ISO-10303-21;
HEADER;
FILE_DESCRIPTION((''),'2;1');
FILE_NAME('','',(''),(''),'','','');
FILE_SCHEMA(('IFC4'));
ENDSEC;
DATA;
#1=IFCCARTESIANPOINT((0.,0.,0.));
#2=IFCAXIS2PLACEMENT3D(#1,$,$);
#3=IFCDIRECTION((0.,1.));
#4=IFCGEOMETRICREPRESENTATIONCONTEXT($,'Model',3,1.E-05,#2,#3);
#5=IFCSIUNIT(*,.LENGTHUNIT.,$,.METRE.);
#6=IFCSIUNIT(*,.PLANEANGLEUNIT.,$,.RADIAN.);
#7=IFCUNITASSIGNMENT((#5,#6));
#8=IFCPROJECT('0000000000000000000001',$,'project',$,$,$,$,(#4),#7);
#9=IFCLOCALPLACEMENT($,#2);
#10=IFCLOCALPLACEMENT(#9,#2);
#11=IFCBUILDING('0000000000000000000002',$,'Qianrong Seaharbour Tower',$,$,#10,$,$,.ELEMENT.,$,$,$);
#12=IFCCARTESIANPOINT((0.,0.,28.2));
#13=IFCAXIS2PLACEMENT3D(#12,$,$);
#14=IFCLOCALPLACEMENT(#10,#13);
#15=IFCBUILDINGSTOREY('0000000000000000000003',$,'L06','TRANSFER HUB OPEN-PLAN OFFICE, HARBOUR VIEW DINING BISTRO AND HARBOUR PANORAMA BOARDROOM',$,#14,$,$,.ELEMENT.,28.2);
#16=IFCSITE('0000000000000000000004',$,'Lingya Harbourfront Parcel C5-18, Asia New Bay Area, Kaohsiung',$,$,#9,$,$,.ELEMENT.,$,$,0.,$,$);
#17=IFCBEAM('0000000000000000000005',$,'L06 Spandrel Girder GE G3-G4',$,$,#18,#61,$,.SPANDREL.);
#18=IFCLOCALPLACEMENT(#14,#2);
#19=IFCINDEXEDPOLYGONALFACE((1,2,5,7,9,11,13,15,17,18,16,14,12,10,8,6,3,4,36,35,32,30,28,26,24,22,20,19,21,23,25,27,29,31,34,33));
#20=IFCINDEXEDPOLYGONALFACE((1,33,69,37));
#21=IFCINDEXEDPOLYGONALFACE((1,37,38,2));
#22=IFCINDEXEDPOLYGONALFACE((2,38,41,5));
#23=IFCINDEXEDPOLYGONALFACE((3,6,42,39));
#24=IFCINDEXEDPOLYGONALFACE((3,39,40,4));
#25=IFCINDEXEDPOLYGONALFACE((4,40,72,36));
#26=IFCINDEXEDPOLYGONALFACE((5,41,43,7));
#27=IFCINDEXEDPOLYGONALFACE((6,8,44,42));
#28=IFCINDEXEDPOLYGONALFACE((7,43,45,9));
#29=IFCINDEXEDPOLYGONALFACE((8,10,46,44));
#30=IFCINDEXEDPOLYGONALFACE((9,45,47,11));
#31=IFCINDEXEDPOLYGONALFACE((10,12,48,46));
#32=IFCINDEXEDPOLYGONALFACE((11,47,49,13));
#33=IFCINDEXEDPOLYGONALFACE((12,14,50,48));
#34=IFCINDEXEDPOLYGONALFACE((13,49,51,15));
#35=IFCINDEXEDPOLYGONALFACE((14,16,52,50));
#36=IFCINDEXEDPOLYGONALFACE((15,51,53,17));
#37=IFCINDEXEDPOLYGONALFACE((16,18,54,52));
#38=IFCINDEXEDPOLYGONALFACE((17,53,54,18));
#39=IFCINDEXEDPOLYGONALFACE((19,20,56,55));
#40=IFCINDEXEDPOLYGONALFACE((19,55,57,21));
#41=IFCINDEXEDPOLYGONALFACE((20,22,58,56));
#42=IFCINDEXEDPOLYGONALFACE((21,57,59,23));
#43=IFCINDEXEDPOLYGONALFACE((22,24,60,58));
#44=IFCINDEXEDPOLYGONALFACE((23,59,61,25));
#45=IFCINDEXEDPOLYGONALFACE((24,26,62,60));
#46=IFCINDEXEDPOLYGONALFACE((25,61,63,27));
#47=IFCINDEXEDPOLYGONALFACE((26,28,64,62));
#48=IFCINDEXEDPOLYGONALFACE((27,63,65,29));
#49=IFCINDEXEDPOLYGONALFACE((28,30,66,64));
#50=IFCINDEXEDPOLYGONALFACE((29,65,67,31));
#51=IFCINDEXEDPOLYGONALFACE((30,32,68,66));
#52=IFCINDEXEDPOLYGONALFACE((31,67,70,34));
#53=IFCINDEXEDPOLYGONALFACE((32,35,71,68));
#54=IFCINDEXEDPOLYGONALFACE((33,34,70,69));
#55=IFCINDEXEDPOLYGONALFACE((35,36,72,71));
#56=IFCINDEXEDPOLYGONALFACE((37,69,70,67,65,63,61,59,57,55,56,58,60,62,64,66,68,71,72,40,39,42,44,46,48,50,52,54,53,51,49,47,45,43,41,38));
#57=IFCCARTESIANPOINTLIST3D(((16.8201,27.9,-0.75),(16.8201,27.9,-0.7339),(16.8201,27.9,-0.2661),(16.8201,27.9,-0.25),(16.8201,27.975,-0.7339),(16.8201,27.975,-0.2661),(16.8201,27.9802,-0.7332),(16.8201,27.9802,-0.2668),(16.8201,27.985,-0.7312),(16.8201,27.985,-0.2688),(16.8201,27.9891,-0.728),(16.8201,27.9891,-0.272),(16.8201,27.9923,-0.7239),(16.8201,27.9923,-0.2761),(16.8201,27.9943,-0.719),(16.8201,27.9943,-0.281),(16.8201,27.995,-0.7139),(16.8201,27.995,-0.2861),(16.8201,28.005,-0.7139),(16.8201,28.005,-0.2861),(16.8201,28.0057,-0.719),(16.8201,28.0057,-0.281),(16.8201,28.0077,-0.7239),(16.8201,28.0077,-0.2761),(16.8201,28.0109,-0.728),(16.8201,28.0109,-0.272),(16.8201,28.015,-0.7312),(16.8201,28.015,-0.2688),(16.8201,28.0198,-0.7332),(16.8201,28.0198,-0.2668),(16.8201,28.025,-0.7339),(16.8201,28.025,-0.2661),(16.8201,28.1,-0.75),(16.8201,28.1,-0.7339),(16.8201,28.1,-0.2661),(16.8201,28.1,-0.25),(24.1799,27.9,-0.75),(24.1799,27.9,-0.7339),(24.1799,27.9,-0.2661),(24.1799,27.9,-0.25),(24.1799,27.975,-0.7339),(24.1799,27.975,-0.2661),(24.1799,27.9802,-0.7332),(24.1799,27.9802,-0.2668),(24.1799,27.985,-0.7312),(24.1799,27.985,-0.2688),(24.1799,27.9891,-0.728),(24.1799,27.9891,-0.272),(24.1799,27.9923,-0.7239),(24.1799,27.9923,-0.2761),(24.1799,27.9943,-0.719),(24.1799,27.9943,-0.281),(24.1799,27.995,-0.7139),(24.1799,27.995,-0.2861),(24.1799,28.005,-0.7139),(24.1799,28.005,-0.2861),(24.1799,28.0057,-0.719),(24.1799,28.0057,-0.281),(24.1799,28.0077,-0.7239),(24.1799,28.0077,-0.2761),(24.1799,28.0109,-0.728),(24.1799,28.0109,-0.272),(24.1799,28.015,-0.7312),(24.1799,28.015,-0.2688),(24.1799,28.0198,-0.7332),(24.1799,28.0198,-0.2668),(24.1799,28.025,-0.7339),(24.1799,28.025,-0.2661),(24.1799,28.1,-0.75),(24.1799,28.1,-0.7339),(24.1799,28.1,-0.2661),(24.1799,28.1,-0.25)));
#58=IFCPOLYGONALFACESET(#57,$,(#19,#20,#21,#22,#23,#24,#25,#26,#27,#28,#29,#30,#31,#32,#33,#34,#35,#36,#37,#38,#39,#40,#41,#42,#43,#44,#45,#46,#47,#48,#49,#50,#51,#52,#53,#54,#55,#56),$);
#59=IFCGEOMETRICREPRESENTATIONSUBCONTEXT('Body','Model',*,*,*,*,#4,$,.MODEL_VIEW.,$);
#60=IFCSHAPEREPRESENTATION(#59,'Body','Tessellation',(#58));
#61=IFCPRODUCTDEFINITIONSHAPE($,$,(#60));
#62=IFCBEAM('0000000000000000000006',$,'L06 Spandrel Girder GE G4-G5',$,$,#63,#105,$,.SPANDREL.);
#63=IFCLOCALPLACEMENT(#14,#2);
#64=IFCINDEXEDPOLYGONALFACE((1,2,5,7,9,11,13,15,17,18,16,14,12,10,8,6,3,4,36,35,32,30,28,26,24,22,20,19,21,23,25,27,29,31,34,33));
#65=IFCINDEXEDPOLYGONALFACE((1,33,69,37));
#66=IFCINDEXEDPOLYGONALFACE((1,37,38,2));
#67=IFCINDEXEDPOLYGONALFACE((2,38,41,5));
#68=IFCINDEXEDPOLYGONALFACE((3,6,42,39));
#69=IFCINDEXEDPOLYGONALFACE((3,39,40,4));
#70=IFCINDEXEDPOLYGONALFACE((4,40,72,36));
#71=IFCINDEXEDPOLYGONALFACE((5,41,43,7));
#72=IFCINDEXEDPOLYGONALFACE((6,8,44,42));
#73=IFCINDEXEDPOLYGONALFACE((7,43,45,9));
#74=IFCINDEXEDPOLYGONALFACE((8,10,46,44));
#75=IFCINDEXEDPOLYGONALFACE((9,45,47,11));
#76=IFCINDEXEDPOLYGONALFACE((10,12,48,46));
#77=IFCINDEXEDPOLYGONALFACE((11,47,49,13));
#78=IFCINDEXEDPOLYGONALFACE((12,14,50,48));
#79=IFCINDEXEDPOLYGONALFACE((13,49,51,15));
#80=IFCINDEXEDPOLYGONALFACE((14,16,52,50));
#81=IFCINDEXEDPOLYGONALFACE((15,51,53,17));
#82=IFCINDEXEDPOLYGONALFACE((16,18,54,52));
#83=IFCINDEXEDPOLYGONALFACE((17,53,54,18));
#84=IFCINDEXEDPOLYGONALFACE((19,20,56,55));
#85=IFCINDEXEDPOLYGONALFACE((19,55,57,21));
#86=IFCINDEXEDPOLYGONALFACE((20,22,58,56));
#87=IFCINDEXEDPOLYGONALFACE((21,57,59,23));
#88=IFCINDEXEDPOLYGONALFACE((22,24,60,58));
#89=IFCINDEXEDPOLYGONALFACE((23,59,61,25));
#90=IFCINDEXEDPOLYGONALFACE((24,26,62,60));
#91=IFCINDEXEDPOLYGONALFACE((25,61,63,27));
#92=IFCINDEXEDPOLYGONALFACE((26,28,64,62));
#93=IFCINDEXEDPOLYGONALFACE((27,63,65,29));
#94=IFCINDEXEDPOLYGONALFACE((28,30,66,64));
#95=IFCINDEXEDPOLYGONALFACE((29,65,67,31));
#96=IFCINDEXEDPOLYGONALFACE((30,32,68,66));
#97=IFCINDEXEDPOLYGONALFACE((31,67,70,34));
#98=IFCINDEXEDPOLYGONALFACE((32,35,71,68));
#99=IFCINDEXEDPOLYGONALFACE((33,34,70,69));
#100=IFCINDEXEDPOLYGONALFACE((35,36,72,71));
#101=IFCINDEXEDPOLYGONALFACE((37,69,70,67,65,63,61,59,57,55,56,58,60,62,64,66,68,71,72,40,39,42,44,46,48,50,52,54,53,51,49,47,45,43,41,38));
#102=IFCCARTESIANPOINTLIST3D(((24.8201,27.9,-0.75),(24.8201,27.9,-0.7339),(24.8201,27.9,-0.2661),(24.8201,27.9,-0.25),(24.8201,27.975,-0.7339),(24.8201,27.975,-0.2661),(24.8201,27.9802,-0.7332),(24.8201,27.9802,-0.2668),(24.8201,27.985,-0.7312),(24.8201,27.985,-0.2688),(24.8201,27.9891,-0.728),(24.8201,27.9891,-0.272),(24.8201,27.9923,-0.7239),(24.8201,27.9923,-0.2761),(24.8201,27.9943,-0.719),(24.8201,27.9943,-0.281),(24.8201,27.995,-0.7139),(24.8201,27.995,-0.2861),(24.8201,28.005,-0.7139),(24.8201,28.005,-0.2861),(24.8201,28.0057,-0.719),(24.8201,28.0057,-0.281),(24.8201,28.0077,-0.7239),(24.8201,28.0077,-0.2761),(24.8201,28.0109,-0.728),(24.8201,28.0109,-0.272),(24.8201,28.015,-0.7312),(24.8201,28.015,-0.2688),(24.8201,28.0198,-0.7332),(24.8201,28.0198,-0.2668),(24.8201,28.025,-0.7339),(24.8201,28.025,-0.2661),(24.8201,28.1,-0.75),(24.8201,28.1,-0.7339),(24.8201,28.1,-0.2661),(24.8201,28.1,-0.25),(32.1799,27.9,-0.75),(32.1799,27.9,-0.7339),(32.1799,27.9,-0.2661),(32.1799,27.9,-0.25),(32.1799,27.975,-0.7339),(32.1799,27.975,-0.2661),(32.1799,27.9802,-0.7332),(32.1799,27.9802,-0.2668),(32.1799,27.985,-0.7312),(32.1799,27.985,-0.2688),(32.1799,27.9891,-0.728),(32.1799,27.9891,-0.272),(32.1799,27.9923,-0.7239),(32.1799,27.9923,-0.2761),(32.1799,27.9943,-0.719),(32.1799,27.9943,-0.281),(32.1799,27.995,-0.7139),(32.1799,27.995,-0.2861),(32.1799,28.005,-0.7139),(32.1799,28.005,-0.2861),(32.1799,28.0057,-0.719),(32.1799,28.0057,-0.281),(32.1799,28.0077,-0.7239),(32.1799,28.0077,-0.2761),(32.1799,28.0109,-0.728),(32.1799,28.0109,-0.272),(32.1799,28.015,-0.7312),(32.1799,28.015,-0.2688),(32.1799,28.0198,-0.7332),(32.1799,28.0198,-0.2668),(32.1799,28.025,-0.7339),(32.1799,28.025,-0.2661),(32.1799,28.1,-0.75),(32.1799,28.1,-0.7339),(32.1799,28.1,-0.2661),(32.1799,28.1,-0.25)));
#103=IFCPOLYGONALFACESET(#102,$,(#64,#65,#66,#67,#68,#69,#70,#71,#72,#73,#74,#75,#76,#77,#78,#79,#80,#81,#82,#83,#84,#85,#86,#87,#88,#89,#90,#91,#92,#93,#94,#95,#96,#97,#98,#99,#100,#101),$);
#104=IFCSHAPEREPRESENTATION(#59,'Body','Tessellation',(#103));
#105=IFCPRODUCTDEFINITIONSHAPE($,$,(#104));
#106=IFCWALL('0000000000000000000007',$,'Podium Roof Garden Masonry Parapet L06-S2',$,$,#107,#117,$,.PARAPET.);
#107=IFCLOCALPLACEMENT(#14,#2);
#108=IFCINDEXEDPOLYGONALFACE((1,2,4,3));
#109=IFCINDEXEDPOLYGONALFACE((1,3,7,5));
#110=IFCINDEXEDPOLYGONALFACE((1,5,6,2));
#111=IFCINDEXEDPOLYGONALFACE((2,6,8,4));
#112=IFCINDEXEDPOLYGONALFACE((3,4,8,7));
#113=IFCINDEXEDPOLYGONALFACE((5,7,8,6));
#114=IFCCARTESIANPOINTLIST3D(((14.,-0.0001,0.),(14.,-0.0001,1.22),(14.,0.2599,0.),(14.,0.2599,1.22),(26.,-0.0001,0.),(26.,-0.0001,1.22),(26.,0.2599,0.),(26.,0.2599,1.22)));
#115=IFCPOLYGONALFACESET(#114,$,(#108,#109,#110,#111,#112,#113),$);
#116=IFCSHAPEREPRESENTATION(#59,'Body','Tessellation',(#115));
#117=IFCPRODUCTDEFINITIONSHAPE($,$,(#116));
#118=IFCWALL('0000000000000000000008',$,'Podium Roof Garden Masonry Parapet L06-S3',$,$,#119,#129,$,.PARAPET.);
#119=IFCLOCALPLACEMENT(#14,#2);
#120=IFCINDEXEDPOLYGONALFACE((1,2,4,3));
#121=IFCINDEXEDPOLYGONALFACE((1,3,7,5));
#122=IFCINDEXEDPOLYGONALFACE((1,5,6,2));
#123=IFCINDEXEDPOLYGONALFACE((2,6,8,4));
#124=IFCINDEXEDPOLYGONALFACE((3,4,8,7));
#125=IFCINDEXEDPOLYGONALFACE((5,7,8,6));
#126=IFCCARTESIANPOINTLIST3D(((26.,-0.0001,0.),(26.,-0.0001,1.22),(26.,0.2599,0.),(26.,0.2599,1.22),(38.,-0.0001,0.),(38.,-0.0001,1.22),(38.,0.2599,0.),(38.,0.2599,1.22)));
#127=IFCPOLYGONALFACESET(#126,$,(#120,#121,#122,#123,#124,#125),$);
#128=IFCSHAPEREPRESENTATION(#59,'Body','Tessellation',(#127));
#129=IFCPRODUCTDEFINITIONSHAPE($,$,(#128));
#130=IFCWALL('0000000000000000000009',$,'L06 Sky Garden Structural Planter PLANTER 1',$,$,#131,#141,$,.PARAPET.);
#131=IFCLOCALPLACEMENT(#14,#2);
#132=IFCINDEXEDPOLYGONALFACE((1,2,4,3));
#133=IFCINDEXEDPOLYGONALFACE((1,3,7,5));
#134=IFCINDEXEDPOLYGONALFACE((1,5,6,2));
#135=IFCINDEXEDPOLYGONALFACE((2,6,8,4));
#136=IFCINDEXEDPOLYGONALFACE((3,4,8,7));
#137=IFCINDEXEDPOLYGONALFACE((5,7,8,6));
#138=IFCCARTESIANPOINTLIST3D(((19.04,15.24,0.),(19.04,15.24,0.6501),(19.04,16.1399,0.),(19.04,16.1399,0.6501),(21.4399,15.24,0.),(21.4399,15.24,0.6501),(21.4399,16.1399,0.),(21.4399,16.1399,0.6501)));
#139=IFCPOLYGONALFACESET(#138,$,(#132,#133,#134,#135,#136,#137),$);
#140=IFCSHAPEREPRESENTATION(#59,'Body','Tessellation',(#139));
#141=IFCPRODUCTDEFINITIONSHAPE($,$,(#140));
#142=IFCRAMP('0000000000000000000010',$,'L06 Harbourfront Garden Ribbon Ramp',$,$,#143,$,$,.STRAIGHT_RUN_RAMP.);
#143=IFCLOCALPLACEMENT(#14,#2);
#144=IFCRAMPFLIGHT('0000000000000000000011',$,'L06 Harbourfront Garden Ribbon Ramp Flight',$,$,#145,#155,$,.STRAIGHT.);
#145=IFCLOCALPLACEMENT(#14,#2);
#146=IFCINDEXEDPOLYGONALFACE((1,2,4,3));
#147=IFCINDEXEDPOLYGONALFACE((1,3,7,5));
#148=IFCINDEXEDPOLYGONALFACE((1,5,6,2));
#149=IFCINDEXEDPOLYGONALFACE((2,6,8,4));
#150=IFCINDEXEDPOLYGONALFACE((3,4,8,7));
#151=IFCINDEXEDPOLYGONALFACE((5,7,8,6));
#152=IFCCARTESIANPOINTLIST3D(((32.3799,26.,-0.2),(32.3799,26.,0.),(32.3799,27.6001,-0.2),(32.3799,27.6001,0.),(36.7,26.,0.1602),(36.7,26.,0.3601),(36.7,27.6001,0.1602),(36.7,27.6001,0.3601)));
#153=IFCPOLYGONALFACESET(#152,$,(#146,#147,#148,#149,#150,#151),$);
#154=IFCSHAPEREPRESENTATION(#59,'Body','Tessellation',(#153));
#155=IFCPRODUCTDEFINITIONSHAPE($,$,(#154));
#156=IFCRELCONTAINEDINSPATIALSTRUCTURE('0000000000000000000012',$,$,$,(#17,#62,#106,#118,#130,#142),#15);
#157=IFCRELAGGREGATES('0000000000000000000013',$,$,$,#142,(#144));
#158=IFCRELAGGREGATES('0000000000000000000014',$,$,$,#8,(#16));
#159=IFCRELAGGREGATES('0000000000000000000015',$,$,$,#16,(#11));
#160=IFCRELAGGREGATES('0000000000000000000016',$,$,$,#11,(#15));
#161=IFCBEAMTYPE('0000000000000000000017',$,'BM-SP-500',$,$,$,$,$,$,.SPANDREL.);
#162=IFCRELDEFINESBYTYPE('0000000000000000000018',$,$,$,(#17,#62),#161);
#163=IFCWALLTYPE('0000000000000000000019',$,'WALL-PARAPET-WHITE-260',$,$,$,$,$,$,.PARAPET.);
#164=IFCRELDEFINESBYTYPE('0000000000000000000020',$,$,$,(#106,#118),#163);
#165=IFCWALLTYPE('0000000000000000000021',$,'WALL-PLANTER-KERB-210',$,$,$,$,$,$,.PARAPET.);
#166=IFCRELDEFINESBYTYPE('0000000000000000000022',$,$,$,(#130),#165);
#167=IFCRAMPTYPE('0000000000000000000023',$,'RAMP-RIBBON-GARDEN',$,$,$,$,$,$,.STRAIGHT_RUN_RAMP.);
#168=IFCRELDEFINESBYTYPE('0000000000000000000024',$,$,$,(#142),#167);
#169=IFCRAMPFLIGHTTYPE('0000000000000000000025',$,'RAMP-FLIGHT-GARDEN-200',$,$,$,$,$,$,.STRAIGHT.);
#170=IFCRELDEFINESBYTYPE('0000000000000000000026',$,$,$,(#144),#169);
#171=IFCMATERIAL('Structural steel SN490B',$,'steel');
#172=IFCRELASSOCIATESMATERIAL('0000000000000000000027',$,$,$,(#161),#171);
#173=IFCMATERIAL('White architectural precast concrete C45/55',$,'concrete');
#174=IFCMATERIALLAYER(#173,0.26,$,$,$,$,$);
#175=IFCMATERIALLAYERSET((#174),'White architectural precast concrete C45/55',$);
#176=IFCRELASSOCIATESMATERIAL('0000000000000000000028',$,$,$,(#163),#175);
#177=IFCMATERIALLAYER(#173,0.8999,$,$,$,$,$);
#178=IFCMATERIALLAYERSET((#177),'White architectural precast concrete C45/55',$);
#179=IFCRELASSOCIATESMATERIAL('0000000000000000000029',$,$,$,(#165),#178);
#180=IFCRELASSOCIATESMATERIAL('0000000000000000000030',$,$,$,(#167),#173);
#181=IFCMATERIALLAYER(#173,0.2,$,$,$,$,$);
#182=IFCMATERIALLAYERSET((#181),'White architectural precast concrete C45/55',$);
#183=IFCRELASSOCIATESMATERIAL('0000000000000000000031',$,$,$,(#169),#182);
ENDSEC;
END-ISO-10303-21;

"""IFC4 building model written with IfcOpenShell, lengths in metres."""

from ifc_helpers import new_model, si_unit, direction, frame, frame_2d, origin, origin_2d, place, context, subcontext, project, spatial, polyline, rectangle, i_section, outline, extrude, material, layer, layer_set, material_profile, profile_set, type_object, element, aggregate, save


model = new_model("IFC4")

# Units and contexts
model_context = context("Model", 3, precision=1e-05, world=origin(), true_north=direction((0.0, 1.0)))
body_context = subcontext(model_context, "Body", "Model", "MODEL_VIEW")
ifc_project = project(units=[si_unit("LENGTHUNIT", "METRE"), si_unit("PLANEANGLEUNIT", "RADIAN")], contexts=[model_context])

# Site, building, storey
site_placement = place(None, origin())
site = spatial("IfcSite", under=ifc_project, at=site_placement, Name="Lingya Harbourfront Parcel C5-18, Asia New Bay Area, Kaohsiung", CompositionType="ELEMENT", RefElevation=0.0)
building_placement = place(site_placement, origin())
building = spatial("IfcBuilding", under=site, at=building_placement, Name="Qianrong Seaharbour Tower", CompositionType="ELEMENT")
storey_placement = place(building_placement, frame((0.0, 0.0, 28.2)))
storey = spatial("IfcBuildingStorey", under=building, at=storey_placement, Name="L06", Description="TRANSFER HUB OPEN-PLAN OFFICE, HARBOUR VIEW DINING BISTRO AND HARBOUR PANORAMA BOARDROOM", CompositionType="ELEMENT", Elevation=28.2)

# Shared definitions
ifc_material_1 = material(Name="Structural steel SN490B", Category="steel")

# Beams
ifc_material_profile_1 = material_profile(ifc_material_1, i_section(OverallWidth=0.2, OverallDepth=0.5, WebThickness=0.01, FlangeThickness=0.0161, FilletRadius=0.02, at=origin_2d()), Name="H500x200x10x16")
ifc_profile_set_1 = profile_set([ifc_material_profile_1], Name="Structural steel SN490B")
beam_type_1 = type_object("IfcBeamType", Name="BM-SP-500", PredefinedType="SPANDREL", material=ifc_profile_set_1)
for number, where, z_axis, x_axis, name in (
    (1, (16.8201, 28.0, -0.5), (1.0, 0.0, 0.0), (0.0, 1.0, 0.0), "L06 Spandrel Girder GE G3-G4"),
    (2, (24.8201, 28.0, -0.5), (1.0, 0.0, 0.0), (0.0, 1.0, 0.0), "L06 Spandrel Girder GE G4-G5"),
):
    element("IfcBeam", number, at=place(storey_placement, frame(where, z_axis=z_axis, x_axis=x_axis)), inside=storey, type_object=beam_type_1, Name=name, PredefinedType="SPANDREL", context=body_context, shape_type="SweptSolid", body=[
        extrude(i_section(OverallWidth=0.2, OverallDepth=0.5, WebThickness=0.01, FlangeThickness=0.0161, FilletRadius=0.02, at=origin_2d()), origin(), (0.0, 0.0, 1.0), 7.3599),
    ])

# Walls
ifc_material_2 = material(Name="White architectural precast concrete C45/55", Category="concrete")
ifc_layer_1 = layer(ifc_material_2, 0.26)
ifc_layer_set_1 = layer_set([ifc_layer_1], Name="White architectural precast concrete C45/55")
wall_type_1 = type_object("IfcWallType", Name="WALL-PARAPET-WHITE-260", PredefinedType="PARAPET", material=ifc_layer_set_1)
for number, where, z_axis, x_axis, name in (
    (3, (14.0, 0.1299, 0.0), (0.0, 0.0, 1.0), (1.0, 0.0, 0.0), "Podium Roof Garden Masonry Parapet L06-S2"),
    (4, (26.0, 0.1299, 0.0), (0.0, 0.0, 1.0), (1.0, 0.0, 0.0), "Podium Roof Garden Masonry Parapet L06-S3"),
):
    element("IfcWall", number, at=place(storey_placement, frame(where, z_axis=z_axis, x_axis=x_axis)), inside=storey, type_object=wall_type_1, Name=name, PredefinedType="PARAPET", context=body_context, shape_type="SweptSolid", body=[
        extrude(rectangle(XDim=12.0, YDim=0.26, at=frame_2d((6.0, 0.0))), origin(), (0.0, 0.0, 1.0), 1.22),
    ])
ifc_layer_2 = layer(ifc_material_2, 0.8999)
ifc_layer_set_2 = layer_set([ifc_layer_2], Name="White architectural precast concrete C45/55")
wall_type_2 = type_object("IfcWallType", Name="WALL-PLANTER-KERB-210", PredefinedType="PARAPET", material=ifc_layer_set_2)
wall_placement = place(storey_placement, frame((19.04, 15.6899, 0.0), z_axis=(0.0, 0.0, 1.0), x_axis=(1.0, 0.0, 0.0)))
element("IfcWall", 5, at=wall_placement, inside=storey, type_object=wall_type_2, Name="L06 Sky Garden Structural Planter PLANTER 1", PredefinedType="PARAPET", context=body_context, shape_type="SweptSolid", body=[
    extrude(rectangle(XDim=2.3999, YDim=0.8999, at=frame_2d((1.2, 0.0))), origin(), (0.0, 0.0, 1.0), 0.6501),
])

# Ramp, ramp flight
ramp_type = type_object("IfcRampType", Name="RAMP-RIBBON-GARDEN", PredefinedType="STRAIGHT_RUN_RAMP", material=ifc_material_2)
ramp_placement = place(storey_placement, origin())
ramp = element("IfcRamp", 6, at=ramp_placement, inside=storey, type_object=ramp_type, Name="L06 Harbourfront Garden Ribbon Ramp", PredefinedType="STRAIGHT_RUN_RAMP")
ifc_layer_3 = layer(ifc_material_2, 0.2)
ifc_layer_set_3 = layer_set([ifc_layer_3], Name="White architectural precast concrete C45/55")
ramp_flight_type = type_object("IfcRampFlightType", Name="RAMP-FLIGHT-GARDEN-200", PredefinedType="STRAIGHT", material=ifc_layer_set_3)
ramp_flight_placement = place(storey_placement, frame((32.3799, 26.8, 0.0), z_axis=(0.0, 0.0, 1.0), x_axis=(1.0, 0.0, 0.0)))
ramp_flight = element("IfcRampFlight", 7, at=ramp_flight_placement, type_object=ramp_flight_type, Name="L06 Harbourfront Garden Ribbon Ramp Flight", PredefinedType="STRAIGHT", context=body_context, shape_type="SweptSolid", body=[
    extrude(outline(polyline([(0.0, 0.0), (4.3201, 0.3601), (4.3201, 0.1602), (0.0, -0.2), (0.0, 0.0)])), frame((0.0, 0.8, 0.0), z_axis=(0.0, -1.0, 0.0), x_axis=(1.0, 0.0, 0.0)), (0.0, 0.0, 1.0), 1.6001),
])
aggregate(ramp, [ramp_flight])

save(model, "model.ifc")
